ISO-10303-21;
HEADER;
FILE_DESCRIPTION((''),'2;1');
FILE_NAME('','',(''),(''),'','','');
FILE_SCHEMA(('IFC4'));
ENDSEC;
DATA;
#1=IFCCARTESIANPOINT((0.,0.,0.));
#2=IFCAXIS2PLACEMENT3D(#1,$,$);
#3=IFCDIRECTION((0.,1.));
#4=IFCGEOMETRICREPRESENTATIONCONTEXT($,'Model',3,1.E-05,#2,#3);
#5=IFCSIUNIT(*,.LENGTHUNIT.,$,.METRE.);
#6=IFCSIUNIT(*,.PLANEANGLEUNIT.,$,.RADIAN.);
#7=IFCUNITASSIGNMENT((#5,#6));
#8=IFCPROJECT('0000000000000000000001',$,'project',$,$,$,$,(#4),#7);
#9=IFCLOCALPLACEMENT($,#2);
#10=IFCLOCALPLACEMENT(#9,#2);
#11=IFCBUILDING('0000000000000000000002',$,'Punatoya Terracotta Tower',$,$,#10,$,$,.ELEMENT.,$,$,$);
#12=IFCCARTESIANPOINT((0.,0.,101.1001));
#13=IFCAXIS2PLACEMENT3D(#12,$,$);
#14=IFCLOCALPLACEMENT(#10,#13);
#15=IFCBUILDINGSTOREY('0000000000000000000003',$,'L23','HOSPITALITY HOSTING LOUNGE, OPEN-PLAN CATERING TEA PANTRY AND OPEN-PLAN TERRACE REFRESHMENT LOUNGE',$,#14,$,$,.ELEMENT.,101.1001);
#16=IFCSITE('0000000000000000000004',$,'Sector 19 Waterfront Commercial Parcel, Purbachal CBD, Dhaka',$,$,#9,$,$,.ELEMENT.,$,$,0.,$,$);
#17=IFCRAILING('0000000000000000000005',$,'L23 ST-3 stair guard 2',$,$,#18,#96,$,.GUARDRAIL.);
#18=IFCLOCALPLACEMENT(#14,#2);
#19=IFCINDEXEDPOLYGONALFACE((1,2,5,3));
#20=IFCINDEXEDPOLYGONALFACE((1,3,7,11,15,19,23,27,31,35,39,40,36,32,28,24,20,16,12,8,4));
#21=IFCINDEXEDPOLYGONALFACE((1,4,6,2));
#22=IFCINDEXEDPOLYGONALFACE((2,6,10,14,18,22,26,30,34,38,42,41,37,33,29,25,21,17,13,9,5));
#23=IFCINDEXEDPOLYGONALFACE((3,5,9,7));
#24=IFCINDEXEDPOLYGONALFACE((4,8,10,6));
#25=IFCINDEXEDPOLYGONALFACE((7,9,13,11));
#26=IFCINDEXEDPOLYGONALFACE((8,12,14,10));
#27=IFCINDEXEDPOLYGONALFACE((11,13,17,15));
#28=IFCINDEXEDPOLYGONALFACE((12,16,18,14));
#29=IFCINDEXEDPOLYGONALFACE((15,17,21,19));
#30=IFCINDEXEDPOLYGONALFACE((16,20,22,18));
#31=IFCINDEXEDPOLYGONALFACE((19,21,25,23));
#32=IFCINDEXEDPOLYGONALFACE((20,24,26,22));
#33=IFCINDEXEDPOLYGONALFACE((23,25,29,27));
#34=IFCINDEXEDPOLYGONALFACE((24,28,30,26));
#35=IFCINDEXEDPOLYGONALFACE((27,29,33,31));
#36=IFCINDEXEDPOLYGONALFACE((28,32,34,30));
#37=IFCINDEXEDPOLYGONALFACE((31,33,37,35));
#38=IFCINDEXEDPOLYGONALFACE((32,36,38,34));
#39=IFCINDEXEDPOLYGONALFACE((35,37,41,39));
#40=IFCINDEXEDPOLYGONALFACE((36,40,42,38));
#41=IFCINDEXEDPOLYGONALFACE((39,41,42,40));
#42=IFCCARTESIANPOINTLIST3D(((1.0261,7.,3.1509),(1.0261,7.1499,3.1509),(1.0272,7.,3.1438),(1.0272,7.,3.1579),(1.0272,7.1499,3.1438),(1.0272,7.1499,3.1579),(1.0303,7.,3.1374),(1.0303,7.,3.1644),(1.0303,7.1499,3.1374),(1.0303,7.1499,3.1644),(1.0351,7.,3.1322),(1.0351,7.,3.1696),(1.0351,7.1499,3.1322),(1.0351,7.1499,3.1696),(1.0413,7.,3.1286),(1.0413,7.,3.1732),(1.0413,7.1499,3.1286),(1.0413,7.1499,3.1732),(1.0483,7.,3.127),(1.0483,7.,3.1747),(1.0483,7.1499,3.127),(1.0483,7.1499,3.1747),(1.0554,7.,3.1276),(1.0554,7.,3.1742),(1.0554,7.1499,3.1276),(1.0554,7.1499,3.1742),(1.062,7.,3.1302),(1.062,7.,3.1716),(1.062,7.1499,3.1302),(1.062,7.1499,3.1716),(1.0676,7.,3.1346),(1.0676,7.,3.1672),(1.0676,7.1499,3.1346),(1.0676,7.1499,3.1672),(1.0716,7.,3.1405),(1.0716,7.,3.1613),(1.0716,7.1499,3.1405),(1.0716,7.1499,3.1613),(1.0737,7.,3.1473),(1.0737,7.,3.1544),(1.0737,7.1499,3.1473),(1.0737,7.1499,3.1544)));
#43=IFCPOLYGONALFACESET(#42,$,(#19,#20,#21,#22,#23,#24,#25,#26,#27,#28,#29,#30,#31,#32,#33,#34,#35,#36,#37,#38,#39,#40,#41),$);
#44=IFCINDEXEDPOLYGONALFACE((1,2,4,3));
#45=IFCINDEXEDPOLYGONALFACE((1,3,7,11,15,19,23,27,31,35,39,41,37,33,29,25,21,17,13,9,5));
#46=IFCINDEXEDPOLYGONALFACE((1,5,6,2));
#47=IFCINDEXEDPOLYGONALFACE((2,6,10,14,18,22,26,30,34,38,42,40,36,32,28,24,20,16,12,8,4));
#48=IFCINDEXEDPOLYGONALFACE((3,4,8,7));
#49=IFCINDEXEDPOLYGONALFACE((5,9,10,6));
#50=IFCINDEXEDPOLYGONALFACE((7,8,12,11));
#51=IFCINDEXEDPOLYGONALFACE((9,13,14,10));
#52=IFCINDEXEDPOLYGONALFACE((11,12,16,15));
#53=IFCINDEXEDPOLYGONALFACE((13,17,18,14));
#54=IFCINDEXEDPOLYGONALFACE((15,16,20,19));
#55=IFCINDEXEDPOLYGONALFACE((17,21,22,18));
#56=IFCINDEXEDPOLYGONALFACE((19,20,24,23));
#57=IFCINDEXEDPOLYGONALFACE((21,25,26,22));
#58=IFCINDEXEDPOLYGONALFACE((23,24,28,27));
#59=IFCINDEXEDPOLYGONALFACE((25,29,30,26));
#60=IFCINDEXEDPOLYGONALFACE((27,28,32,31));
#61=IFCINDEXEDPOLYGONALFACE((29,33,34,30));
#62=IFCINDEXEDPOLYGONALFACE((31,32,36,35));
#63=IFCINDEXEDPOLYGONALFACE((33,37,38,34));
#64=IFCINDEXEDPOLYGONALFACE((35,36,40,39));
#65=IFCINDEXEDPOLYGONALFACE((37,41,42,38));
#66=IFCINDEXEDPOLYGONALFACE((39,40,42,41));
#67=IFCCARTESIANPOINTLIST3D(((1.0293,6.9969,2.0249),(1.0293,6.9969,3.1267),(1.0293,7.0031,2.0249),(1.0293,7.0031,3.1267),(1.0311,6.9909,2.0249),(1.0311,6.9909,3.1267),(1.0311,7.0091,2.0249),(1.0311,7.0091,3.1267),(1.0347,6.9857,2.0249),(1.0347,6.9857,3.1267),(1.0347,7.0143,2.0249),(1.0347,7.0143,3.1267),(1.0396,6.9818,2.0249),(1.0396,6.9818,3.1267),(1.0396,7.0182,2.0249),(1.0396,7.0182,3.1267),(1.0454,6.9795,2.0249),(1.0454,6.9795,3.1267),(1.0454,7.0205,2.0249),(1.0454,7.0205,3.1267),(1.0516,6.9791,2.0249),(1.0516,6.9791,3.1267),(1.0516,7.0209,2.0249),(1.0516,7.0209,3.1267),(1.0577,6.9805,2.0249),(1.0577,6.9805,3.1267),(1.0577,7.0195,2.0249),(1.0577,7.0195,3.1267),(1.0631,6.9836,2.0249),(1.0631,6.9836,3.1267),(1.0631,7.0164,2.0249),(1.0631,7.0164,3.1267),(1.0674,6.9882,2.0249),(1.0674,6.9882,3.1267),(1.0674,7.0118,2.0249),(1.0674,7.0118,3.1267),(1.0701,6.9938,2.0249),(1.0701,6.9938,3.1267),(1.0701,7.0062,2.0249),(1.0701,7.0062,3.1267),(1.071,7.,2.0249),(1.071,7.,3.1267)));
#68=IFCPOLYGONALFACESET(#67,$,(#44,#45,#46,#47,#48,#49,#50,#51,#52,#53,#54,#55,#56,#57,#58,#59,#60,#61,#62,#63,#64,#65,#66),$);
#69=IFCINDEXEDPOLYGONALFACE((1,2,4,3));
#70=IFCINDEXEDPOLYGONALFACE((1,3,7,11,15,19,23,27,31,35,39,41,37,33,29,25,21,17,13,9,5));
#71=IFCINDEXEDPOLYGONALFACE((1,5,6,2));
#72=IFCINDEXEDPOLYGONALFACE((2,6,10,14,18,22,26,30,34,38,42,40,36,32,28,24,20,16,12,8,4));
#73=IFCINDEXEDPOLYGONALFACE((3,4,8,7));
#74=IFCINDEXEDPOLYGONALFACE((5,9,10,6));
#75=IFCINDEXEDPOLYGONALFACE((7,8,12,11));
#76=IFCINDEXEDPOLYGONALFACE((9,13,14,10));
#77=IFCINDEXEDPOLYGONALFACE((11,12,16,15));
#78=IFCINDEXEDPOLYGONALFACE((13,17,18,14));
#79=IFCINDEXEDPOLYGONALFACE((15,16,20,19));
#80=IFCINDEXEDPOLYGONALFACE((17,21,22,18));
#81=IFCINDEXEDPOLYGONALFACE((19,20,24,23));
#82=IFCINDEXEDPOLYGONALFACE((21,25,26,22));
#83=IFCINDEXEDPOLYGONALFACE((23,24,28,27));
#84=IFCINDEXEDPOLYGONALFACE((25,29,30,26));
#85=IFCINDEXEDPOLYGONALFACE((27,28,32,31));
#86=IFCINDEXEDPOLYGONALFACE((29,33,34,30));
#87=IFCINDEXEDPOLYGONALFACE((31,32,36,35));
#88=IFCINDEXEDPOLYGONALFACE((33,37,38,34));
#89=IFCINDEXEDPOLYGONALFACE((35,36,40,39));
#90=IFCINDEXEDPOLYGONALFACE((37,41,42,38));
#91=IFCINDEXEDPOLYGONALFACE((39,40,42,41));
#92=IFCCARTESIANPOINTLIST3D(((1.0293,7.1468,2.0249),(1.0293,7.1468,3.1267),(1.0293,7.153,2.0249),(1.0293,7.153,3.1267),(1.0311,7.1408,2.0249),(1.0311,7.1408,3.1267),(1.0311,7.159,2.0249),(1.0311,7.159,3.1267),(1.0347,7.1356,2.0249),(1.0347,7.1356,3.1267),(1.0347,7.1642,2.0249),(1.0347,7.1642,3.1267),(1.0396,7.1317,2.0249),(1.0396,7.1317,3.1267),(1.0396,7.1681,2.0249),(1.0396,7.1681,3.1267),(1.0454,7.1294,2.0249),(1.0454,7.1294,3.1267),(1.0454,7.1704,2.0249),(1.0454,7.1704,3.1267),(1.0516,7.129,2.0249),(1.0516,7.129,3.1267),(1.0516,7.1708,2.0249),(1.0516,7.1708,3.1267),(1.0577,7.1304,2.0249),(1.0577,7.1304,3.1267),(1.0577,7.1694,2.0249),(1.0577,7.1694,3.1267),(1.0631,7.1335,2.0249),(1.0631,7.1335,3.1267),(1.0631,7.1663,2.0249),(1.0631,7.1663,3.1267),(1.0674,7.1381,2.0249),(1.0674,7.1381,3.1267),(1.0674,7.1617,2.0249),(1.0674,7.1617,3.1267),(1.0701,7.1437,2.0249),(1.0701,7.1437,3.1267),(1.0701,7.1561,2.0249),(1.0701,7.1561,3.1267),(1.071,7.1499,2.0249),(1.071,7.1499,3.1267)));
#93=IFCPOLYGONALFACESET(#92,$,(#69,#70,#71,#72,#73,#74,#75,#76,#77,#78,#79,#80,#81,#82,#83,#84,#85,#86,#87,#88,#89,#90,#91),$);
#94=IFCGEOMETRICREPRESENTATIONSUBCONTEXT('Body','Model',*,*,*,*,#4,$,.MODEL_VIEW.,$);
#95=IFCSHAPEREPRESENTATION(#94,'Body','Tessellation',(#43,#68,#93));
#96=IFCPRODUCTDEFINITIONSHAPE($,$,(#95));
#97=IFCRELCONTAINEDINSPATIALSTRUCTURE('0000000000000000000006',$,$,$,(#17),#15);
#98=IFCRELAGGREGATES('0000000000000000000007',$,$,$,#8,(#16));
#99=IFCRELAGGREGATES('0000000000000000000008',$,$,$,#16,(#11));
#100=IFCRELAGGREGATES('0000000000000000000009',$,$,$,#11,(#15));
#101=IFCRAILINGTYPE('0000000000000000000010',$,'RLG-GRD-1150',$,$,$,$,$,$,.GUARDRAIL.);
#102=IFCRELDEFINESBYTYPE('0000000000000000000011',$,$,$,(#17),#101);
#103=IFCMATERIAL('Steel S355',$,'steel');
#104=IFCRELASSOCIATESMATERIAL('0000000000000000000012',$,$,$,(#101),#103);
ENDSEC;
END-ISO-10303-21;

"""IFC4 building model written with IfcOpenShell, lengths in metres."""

from ifc_helpers import new_model, si_unit, direction, frame, origin, origin_2d, place, context, subcontext, project, spatial, circle, extrude, material, type_object, element, save


model = new_model("IFC4")

# Units and contexts
model_context = context("Model", 3, precision=1e-05, world=origin(), true_north=direction((0.0, 1.0)))
body_context = subcontext(model_context, "Body", "Model", "MODEL_VIEW")
ifc_project = project(units=[si_unit("LENGTHUNIT", "METRE"), si_unit("PLANEANGLEUNIT", "RADIAN")], contexts=[model_context])

# Site, building, storey
site_placement = place(None, origin())
site = spatial("IfcSite", under=ifc_project, at=site_placement, Name="Sector 19 Waterfront Commercial Parcel, Purbachal CBD, Dhaka", CompositionType="ELEMENT", RefElevation=0.0)
building_placement = place(site_placement, origin())
building = spatial("IfcBuilding", under=site, at=building_placement, Name="Punatoya Terracotta Tower", CompositionType="ELEMENT")
storey_placement = place(building_placement, frame((0.0, 0.0, 101.1001)))
storey = spatial("IfcBuildingStorey", under=building, at=storey_placement, Name="L23", Description="HOSPITALITY HOSTING LOUNGE, OPEN-PLAN CATERING TEA PANTRY AND OPEN-PLAN TERRACE REFRESHMENT LOUNGE", CompositionType="ELEMENT", Elevation=101.1001)

# Shared definitions
ifc_material_1 = material(Name="Steel S355", Category="steel")

# Railing
railing_type_1 = type_object("IfcRailingType", Name="RLG-GRD-1150", PredefinedType="GUARDRAIL", material=ifc_material_1)
railing_1_placement = place(storey_placement, frame((1.05, 7.0, 2.0249)))
element("IfcRailing", 1, at=railing_1_placement, inside=storey, type_object=railing_type_1, Name="L23 ST-3 stair guard 2", PredefinedType="GUARDRAIL", context=body_context, shape_type="SweptSolid", body=[
    extrude(circle(Radius=0.0239, at=origin_2d()), frame((0.0, 0.0, 1.126), z_axis=(0.0, 1.0, 0.0), x_axis=(-1.0, 0.0, 0.0)), (0.0, 0.0, 1.0), 0.1499),
    extrude(circle(Radius=0.021, at=origin_2d()), origin(), (0.0, 0.0, 1.0), 1.1018),
    extrude(circle(Radius=0.021, at=origin_2d()), frame((0.0, 0.1499, 0.0)), (0.0, 0.0, 1.0), 1.1018),
])

save(model, "model.ifc")
